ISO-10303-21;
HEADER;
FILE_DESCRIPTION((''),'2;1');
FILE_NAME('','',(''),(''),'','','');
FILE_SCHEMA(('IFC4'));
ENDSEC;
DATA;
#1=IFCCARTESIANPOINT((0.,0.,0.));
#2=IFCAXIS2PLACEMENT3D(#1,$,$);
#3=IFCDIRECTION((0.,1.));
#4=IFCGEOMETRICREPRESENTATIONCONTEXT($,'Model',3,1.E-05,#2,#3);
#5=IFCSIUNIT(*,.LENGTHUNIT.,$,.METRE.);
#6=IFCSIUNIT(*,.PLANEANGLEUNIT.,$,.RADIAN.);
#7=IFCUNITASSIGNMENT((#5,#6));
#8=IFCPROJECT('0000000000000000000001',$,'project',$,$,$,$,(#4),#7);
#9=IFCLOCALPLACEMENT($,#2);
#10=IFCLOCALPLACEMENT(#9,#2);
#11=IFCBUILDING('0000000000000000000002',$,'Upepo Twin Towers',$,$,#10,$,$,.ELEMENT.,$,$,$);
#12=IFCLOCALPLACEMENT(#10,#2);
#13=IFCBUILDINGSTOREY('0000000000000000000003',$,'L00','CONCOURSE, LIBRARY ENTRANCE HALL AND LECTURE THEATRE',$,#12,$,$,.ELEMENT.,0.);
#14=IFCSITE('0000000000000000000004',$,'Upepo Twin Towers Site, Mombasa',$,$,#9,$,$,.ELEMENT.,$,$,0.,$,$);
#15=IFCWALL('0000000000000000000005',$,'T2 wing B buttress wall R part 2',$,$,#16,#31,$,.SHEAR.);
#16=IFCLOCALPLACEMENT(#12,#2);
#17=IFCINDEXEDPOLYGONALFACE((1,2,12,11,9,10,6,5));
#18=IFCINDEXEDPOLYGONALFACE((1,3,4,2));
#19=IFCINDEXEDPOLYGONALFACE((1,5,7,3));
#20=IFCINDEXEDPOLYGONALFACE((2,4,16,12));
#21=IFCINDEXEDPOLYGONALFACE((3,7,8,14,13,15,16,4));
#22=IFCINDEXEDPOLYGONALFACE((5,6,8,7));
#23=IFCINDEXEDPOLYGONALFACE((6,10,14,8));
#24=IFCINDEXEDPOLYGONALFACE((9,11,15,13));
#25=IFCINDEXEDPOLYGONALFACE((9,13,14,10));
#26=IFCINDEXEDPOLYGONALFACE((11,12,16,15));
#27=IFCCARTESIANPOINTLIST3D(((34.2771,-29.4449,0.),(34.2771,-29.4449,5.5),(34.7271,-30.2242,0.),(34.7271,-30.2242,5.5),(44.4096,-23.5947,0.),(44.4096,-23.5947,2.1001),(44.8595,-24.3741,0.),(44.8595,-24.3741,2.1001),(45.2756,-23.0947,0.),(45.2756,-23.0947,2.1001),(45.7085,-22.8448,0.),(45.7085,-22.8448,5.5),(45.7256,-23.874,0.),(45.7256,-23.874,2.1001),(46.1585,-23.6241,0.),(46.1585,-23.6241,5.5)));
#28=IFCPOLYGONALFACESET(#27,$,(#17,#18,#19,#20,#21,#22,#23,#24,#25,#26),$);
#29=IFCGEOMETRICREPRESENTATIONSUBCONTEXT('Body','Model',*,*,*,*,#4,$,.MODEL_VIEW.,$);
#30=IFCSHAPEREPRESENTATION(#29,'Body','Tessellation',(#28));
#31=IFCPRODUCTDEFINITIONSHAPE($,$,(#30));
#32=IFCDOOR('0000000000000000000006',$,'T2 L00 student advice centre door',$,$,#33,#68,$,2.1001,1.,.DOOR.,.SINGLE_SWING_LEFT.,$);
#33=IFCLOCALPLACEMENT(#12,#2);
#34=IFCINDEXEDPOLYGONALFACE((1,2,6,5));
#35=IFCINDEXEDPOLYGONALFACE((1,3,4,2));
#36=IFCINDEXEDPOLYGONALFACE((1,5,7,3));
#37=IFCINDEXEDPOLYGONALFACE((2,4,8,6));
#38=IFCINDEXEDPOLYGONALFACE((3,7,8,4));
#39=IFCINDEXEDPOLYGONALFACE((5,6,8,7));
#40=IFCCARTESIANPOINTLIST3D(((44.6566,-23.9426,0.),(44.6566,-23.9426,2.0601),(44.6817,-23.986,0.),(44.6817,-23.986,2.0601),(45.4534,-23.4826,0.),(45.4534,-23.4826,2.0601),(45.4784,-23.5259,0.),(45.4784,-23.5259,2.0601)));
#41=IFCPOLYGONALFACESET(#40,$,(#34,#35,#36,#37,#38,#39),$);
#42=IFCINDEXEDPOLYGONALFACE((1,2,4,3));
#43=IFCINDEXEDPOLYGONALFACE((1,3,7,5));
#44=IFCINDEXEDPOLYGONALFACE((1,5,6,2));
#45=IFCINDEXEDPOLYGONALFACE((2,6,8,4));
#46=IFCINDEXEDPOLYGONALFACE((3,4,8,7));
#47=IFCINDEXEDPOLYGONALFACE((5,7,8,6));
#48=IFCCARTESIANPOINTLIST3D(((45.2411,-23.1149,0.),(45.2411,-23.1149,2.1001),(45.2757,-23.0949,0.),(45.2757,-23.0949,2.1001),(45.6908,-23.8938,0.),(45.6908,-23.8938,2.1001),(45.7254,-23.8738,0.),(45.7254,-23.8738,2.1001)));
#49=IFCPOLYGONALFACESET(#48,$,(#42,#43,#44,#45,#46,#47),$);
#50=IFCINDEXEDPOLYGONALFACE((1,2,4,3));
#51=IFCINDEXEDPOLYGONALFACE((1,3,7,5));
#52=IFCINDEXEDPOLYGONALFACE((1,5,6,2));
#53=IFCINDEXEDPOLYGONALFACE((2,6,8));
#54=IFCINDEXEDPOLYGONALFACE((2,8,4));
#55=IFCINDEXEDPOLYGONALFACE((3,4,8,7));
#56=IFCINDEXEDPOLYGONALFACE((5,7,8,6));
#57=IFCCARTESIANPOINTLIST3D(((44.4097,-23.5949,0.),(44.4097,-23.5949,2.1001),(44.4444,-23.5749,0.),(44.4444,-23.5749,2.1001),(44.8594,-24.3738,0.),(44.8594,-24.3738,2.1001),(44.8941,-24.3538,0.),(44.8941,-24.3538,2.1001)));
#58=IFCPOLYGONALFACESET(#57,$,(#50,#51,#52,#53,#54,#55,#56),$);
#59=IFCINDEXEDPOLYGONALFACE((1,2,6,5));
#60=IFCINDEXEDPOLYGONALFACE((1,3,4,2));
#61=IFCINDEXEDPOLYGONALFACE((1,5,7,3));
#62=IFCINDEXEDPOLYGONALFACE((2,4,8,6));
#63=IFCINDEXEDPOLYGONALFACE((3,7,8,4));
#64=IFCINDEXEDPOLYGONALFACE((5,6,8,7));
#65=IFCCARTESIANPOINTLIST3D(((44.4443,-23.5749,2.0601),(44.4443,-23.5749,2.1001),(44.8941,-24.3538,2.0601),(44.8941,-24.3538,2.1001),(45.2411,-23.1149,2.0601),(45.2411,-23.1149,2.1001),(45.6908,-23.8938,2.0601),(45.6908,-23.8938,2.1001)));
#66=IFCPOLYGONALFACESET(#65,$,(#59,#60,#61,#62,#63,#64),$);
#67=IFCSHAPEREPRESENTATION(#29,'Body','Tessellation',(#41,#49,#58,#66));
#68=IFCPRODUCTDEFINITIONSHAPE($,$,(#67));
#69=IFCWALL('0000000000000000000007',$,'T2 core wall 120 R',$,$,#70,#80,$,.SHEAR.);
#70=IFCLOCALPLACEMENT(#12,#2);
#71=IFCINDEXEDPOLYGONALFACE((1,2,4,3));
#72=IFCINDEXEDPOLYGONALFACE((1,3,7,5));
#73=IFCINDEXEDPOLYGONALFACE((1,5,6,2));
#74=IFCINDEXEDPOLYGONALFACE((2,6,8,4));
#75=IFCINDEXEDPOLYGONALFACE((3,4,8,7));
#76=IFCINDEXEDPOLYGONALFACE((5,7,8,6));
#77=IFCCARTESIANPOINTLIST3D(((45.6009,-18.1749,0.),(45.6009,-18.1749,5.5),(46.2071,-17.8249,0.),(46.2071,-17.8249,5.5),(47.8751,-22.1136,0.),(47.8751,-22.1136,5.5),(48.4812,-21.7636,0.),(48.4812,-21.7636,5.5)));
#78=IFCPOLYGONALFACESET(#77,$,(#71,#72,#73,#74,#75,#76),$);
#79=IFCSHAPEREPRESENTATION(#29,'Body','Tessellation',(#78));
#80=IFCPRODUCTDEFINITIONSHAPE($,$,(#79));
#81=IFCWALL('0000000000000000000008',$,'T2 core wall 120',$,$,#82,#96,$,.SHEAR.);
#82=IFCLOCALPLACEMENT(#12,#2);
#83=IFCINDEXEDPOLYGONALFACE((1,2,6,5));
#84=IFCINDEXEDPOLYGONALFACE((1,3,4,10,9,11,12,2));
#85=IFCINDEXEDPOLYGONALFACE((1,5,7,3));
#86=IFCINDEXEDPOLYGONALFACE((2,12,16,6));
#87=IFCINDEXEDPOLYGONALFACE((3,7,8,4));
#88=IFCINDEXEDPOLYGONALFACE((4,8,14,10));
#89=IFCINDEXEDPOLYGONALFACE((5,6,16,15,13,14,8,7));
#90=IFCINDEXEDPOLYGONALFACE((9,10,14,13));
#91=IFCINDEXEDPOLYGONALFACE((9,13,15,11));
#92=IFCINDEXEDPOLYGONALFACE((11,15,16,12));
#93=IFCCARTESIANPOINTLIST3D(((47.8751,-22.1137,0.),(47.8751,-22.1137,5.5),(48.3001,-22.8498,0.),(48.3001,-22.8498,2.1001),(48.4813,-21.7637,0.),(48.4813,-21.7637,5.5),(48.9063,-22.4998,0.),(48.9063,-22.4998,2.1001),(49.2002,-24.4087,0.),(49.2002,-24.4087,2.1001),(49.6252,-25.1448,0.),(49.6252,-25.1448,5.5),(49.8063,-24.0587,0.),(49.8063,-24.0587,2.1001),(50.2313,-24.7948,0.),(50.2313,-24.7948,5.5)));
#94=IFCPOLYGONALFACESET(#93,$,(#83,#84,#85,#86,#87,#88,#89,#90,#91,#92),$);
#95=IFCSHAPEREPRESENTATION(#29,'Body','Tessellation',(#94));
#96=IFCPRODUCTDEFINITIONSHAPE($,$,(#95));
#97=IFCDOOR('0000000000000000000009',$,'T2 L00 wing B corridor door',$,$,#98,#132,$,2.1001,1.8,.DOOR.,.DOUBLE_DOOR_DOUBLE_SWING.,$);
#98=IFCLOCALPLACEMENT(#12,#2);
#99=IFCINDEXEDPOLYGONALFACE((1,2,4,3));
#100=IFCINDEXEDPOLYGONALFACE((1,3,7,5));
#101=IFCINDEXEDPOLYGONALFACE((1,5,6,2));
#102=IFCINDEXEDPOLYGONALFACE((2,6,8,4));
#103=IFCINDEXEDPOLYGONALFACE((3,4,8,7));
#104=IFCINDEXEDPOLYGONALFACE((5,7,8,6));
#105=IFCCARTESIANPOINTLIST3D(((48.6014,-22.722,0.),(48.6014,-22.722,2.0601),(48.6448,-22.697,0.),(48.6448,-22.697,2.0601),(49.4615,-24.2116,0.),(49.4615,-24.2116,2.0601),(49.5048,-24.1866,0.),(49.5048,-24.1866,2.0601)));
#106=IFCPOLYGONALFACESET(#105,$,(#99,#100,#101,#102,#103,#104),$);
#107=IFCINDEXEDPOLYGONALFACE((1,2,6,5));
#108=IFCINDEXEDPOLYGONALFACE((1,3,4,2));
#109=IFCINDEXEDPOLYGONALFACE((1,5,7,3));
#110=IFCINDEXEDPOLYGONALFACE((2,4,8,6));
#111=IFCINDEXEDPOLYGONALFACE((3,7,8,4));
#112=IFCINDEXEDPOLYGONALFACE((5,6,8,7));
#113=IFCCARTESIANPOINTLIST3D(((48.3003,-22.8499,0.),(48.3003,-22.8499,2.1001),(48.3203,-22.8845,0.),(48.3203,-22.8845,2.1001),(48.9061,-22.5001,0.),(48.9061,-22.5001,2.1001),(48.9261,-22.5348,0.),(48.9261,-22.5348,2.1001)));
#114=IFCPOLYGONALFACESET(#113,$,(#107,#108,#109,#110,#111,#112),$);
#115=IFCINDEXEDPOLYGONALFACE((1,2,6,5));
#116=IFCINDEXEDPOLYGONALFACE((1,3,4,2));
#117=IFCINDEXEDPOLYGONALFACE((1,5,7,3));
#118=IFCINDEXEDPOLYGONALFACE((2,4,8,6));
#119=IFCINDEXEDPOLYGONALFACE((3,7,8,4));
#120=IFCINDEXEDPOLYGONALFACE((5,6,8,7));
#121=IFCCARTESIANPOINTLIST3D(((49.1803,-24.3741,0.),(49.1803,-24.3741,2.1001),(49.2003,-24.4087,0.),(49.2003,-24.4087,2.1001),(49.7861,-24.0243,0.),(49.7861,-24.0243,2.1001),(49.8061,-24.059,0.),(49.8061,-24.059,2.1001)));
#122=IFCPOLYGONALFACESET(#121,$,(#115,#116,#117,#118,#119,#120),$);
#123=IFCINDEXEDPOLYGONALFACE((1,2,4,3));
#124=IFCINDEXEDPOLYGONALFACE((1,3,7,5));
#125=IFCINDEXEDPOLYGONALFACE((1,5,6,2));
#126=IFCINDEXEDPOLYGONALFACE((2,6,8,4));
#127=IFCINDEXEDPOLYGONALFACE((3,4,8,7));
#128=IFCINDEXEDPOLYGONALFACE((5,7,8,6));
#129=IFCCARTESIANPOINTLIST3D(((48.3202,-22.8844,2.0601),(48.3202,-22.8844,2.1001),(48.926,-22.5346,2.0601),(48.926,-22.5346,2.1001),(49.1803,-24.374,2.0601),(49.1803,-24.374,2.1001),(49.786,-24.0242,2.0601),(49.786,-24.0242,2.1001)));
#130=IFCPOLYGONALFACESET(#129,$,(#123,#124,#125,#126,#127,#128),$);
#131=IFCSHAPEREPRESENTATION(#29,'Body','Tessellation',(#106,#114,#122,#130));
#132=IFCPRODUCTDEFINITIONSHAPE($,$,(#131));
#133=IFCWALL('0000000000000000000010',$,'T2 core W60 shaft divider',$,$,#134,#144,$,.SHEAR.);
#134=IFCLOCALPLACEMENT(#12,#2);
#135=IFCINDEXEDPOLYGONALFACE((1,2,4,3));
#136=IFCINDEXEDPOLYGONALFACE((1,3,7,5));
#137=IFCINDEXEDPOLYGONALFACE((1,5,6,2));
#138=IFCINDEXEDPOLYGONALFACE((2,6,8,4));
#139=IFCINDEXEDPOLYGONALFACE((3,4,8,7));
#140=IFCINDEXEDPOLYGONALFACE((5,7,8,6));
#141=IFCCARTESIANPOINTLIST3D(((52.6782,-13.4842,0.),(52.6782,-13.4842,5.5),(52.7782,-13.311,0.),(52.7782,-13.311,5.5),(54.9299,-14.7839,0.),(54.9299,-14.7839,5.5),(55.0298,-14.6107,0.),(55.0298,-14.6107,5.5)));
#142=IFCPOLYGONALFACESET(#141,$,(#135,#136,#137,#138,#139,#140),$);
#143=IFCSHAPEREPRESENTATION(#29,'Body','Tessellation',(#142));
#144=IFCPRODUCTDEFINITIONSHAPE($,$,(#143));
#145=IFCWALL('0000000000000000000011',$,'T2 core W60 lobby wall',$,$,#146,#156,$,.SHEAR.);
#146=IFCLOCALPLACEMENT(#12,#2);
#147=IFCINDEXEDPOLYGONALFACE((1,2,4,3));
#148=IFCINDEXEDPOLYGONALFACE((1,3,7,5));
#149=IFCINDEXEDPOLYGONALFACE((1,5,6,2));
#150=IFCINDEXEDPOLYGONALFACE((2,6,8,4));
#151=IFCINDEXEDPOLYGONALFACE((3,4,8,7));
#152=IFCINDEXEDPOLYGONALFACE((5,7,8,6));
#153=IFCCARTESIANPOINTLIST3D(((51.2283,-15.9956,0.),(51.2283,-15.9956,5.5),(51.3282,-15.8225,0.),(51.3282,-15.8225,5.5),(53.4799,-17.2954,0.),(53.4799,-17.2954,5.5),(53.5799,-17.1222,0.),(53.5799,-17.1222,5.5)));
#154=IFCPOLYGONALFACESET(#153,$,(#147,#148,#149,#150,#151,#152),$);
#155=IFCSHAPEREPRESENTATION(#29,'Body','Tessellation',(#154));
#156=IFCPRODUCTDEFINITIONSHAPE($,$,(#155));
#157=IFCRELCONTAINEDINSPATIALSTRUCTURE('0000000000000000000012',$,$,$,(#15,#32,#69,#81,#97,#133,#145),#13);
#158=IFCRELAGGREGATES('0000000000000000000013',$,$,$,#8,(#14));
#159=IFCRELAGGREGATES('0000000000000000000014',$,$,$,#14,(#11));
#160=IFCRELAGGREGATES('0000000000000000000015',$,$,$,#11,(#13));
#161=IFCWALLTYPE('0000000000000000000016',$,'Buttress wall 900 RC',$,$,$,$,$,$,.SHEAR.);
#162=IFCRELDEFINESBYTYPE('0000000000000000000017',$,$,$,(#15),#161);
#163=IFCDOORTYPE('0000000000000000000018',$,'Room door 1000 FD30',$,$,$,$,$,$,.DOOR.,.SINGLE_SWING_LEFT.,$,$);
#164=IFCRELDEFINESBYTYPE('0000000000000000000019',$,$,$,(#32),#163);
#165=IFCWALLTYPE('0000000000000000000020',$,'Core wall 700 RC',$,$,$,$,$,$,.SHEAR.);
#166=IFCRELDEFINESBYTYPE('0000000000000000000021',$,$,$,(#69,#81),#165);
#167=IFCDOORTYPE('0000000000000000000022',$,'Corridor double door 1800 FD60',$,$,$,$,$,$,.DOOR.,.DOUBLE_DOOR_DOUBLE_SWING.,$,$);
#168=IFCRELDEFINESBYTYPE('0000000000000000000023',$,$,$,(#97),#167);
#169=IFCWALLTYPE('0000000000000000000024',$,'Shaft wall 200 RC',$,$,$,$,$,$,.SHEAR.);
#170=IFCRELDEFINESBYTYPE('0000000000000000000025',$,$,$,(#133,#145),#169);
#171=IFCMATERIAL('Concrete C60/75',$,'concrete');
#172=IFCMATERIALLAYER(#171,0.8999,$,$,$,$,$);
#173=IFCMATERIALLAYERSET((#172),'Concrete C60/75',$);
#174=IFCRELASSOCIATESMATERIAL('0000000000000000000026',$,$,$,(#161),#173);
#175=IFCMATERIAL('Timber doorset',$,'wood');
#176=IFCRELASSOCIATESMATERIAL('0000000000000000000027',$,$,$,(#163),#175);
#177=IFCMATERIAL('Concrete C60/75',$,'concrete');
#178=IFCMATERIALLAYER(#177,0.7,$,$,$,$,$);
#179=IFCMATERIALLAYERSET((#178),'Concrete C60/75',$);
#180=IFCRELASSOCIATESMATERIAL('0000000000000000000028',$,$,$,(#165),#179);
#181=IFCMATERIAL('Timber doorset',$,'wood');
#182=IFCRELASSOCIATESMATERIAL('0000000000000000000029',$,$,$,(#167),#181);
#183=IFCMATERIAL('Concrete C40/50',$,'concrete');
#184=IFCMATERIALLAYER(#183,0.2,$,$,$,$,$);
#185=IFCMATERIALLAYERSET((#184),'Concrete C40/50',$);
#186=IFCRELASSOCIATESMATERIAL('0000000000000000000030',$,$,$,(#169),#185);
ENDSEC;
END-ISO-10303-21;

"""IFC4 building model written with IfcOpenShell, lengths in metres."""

from ifc_helpers import new_model, si_unit, direction, frame, frame_2d, origin, place, context, subcontext, project, spatial, rectangle, extrude, material, layer, layer_set, type_object, element, fill, save


model = new_model("IFC4")

# Units and contexts
model_context = context("Model", 3, precision=1e-05, world=origin(), true_north=direction((0.0, 1.0)))
body_context = subcontext(model_context, "Body", "Model", "MODEL_VIEW")
ifc_project = project(units=[si_unit("LENGTHUNIT", "METRE"), si_unit("PLANEANGLEUNIT", "RADIAN")], contexts=[model_context])

# Site, building, storey
site_placement = place(None, origin())
site = spatial("IfcSite", under=ifc_project, at=site_placement, Name="Upepo Twin Towers Site, Mombasa", CompositionType="ELEMENT", RefElevation=0.0)
building_placement = place(site_placement, origin())
building = spatial("IfcBuilding", under=site, at=building_placement, Name="Upepo Twin Towers", CompositionType="ELEMENT")
storey_placement = place(building_placement, origin())
storey = spatial("IfcBuildingStorey", under=building, at=storey_placement, Name="L00", Description="CONCOURSE, LIBRARY ENTRANCE HALL AND LECTURE THEATRE", CompositionType="ELEMENT", Elevation=0.0)

# Wall, opening, door
ifc_material_1 = material(Name="Concrete C60/75", Category="concrete")
ifc_layer_1 = layer(ifc_material_1, 0.8999)
ifc_layer_set_1 = layer_set([ifc_layer_1], Name="Concrete C60/75")
wall_type_1 = type_object("IfcWallType", Name="Buttress wall 900 RC", PredefinedType="SHEAR", material=ifc_layer_set_1)
wall_1_placement = place(storey_placement, frame((45.9336, -23.2344, 0.0), z_axis=(0.0, 0.0, 1.0), x_axis=(-0.86602, -0.50001, 0.0)))
wall_1 = element("IfcWall", 1, at=wall_1_placement, inside=storey, type_object=wall_type_1, Name="T2 wing B buttress wall R part 2", PredefinedType="SHEAR", context=body_context, shape_type="SweptSolid", body=[
    extrude(rectangle(XDim=13.2, YDim=0.8999, at=frame_2d((6.6001, 0.0))), origin(), (0.0, 0.0, 1.0), 5.5),
])
opening_1_placement = place(wall_1_placement, frame((0.5, 0.0, 0.0)))
opening_1 = element("IfcOpeningElement", 2, at=opening_1_placement, cuts=wall_1, PredefinedType="OPENING", context=body_context, shape_type="SweptSolid", body=[
    extrude(rectangle(XDim=1.0, YDim=2.1001, at=frame_2d((0.5, 1.05))), frame((0.0, 0.46, 0.0), z_axis=(0.0, -1.0, 0.0), x_axis=(1.0, 0.0, 0.0)), (0.0, 0.0, 1.0), 0.9199),
])
ifc_material_2 = material(Name="Timber doorset", Category="wood")
door_type_1 = type_object("IfcDoorType", Name="Room door 1000 FD30", OperationType="SINGLE_SWING_LEFT", PredefinedType="DOOR", material=ifc_material_2)
door_1_placement = place(opening_1_placement, origin())
door_1 = element("IfcDoor", 3, at=door_1_placement, inside=storey, type_object=door_type_1, Name="T2 L00 student advice centre door", OperationType="SINGLE_SWING_LEFT", OverallHeight=2.1001, OverallWidth=1.0, PredefinedType="DOOR", context=body_context, shape_type="SweptSolid", body=[
    extrude(rectangle(XDim=0.92, YDim=2.0601, at=frame_2d((0.5, 1.03))), frame((0.0, 0.0249, 0.0), z_axis=(0.0, -1.0, 0.0), x_axis=(1.0, 0.0, 0.0)), (0.0, 0.0, 1.0), 0.05),
    extrude(rectangle(XDim=0.04, YDim=2.1001, at=frame_2d((0.02, 1.05))), frame((0.0, 0.4497, 0.0), z_axis=(0.0, -1.0, 0.0), x_axis=(1.0, 0.0, 0.0)), (0.0, 0.0, 1.0), 0.8994),
    extrude(rectangle(XDim=0.04, YDim=2.1001, at=frame_2d((0.98, 1.05))), frame((0.0, 0.4497, 0.0), z_axis=(0.0, -1.0, 0.0), x_axis=(1.0, 0.0, 0.0)), (0.0, 0.0, 1.0), 0.8994),
    extrude(rectangle(XDim=0.92, YDim=0.04, at=frame_2d((0.5, 2.0801))), frame((0.0, 0.4497, 0.0), z_axis=(0.0, -1.0, 0.0), x_axis=(1.0, 0.0, 0.0)), (0.0, 0.0, 1.0), 0.8994),
])
fill(opening_1, door_1)

# Wall
ifc_material_3 = material(Name="Concrete C60/75", Category="concrete")
ifc_layer_2 = layer(ifc_material_3, 0.7)
ifc_layer_set_2 = layer_set([ifc_layer_2], Name="Concrete C60/75")
wall_type_2 = type_object("IfcWallType", Name="Core wall 700 RC", PredefinedType="SHEAR", material=ifc_layer_set_2)
wall_2_placement = place(storey_placement, frame((45.9041, -18.0, 0.0), z_axis=(0.0, 0.0, 1.0), x_axis=(0.500024, -0.866011, 0.0)))
element("IfcWall", 4, at=wall_2_placement, inside=storey, type_object=wall_type_2, Name="T2 core wall 120 R", PredefinedType="SHEAR", context=body_context, shape_type="SweptSolid", body=[
    extrude(rectangle(XDim=4.5481, YDim=0.7, at=frame_2d((2.2739, 0.0))), origin(), (0.0, 0.0, 1.0), 5.5),
])

# Wall, opening, door
wall_3_placement = place(storey_placement, frame((48.1782, -21.9387, 0.0), z_axis=(0.0, 0.0, 1.0), x_axis=(0.50001, -0.866019, 0.0)))
wall_3 = element("IfcWall", 5, at=wall_3_placement, inside=storey, type_object=wall_type_2, Name="T2 core wall 120", PredefinedType="SHEAR", context=body_context, shape_type="SweptSolid", body=[
    extrude(rectangle(XDim=3.5, YDim=0.7, at=frame_2d((1.75, 0.0))), origin(), (0.0, 0.0, 1.0), 5.5),
])
opening_2_placement = place(wall_3_placement, frame((0.8501, 0.0, 0.0)))
opening_2 = element("IfcOpeningElement", 6, at=opening_2_placement, cuts=wall_3, PredefinedType="OPENING", context=body_context, shape_type="SweptSolid", body=[
    extrude(rectangle(XDim=1.8, YDim=2.1001, at=frame_2d((0.8999, 1.05))), frame((0.0, 0.3599, 0.0), z_axis=(0.0, -1.0, 0.0), x_axis=(1.0, 0.0, 0.0)), (0.0, 0.0, 1.0), 0.72),
])
ifc_material_4 = material(Name="Timber doorset", Category="wood")
door_type_2 = type_object("IfcDoorType", Name="Corridor double door 1800 FD60", OperationType="DOUBLE_DOOR_DOUBLE_SWING", PredefinedType="DOOR", material=ifc_material_4)
door_2_placement = place(opening_2_placement, origin())
door_2 = element("IfcDoor", 7, at=door_2_placement, inside=storey, type_object=door_type_2, Name="T2 L00 wing B corridor door", OperationType="DOUBLE_DOOR_DOUBLE_SWING", OverallHeight=2.1001, OverallWidth=1.8, PredefinedType="DOOR", context=body_context, shape_type="SweptSolid", body=[
    extrude(rectangle(XDim=1.72, YDim=2.0601, at=frame_2d((0.8999, 1.03))), frame((0.0, 0.0249, 0.0), z_axis=(0.0, -1.0, 0.0), x_axis=(1.0, 0.0, 0.0)), (0.0, 0.0, 1.0), 0.05),
    extrude(rectangle(XDim=0.04, YDim=2.1001, at=frame_2d((0.02, 1.05))), frame((0.0, 0.3496, 0.0), z_axis=(0.0, -1.0, 0.0), x_axis=(1.0, 0.0, 0.0)), (0.0, 0.0, 1.0), 0.6995),
    extrude(rectangle(XDim=0.04, YDim=2.1001, at=frame_2d((1.78, 1.05))), frame((0.0, 0.3496, 0.0), z_axis=(0.0, -1.0, 0.0), x_axis=(1.0, 0.0, 0.0)), (0.0, 0.0, 1.0), 0.6995),
    extrude(rectangle(XDim=1.72, YDim=0.04, at=frame_2d((0.8999, 2.0801))), frame((0.0, 0.3496, 0.0), z_axis=(0.0, -1.0, 0.0), x_axis=(1.0, 0.0, 0.0)), (0.0, 0.0, 1.0), 0.6995),
])
fill(opening_2, door_2)

# Walls
ifc_material_5 = material(Name="Concrete C40/50", Category="concrete")
ifc_layer_3 = layer(ifc_material_5, 0.2)
ifc_layer_set_3 = layer_set([ifc_layer_3], Name="Concrete C40/50")
wall_type_3 = type_object("IfcWallType", Name="Shaft wall 200 RC", PredefinedType="SHEAR", material=ifc_layer_set_3)
for number, where, z_axis, x_axis, name in (
    (8, (54.9797, -14.6973, 0.0), (0.0, 0.0, 1.0), (-0.866062, 0.499937, 0.0), "T2 core W60 shaft divider"),
    (9, (53.5298, -17.2087, 0.0), (0.0, 0.0, 1.0), (-0.866062, 0.499937, 0.0), "T2 core W60 lobby wall"),
):
    element("IfcWall", number, at=place(storey_placement, frame(where, z_axis=z_axis, x_axis=x_axis)), inside=storey, type_object=wall_type_3, Name=name, PredefinedType="SHEAR", context=body_context, shape_type="SweptSolid", body=[
        extrude(rectangle(XDim=2.5999, YDim=0.2, at=frame_2d((1.2998, 0.0))), origin(), (0.0, 0.0, 1.0), 5.5),
    ])

save(model, "model.ifc")
